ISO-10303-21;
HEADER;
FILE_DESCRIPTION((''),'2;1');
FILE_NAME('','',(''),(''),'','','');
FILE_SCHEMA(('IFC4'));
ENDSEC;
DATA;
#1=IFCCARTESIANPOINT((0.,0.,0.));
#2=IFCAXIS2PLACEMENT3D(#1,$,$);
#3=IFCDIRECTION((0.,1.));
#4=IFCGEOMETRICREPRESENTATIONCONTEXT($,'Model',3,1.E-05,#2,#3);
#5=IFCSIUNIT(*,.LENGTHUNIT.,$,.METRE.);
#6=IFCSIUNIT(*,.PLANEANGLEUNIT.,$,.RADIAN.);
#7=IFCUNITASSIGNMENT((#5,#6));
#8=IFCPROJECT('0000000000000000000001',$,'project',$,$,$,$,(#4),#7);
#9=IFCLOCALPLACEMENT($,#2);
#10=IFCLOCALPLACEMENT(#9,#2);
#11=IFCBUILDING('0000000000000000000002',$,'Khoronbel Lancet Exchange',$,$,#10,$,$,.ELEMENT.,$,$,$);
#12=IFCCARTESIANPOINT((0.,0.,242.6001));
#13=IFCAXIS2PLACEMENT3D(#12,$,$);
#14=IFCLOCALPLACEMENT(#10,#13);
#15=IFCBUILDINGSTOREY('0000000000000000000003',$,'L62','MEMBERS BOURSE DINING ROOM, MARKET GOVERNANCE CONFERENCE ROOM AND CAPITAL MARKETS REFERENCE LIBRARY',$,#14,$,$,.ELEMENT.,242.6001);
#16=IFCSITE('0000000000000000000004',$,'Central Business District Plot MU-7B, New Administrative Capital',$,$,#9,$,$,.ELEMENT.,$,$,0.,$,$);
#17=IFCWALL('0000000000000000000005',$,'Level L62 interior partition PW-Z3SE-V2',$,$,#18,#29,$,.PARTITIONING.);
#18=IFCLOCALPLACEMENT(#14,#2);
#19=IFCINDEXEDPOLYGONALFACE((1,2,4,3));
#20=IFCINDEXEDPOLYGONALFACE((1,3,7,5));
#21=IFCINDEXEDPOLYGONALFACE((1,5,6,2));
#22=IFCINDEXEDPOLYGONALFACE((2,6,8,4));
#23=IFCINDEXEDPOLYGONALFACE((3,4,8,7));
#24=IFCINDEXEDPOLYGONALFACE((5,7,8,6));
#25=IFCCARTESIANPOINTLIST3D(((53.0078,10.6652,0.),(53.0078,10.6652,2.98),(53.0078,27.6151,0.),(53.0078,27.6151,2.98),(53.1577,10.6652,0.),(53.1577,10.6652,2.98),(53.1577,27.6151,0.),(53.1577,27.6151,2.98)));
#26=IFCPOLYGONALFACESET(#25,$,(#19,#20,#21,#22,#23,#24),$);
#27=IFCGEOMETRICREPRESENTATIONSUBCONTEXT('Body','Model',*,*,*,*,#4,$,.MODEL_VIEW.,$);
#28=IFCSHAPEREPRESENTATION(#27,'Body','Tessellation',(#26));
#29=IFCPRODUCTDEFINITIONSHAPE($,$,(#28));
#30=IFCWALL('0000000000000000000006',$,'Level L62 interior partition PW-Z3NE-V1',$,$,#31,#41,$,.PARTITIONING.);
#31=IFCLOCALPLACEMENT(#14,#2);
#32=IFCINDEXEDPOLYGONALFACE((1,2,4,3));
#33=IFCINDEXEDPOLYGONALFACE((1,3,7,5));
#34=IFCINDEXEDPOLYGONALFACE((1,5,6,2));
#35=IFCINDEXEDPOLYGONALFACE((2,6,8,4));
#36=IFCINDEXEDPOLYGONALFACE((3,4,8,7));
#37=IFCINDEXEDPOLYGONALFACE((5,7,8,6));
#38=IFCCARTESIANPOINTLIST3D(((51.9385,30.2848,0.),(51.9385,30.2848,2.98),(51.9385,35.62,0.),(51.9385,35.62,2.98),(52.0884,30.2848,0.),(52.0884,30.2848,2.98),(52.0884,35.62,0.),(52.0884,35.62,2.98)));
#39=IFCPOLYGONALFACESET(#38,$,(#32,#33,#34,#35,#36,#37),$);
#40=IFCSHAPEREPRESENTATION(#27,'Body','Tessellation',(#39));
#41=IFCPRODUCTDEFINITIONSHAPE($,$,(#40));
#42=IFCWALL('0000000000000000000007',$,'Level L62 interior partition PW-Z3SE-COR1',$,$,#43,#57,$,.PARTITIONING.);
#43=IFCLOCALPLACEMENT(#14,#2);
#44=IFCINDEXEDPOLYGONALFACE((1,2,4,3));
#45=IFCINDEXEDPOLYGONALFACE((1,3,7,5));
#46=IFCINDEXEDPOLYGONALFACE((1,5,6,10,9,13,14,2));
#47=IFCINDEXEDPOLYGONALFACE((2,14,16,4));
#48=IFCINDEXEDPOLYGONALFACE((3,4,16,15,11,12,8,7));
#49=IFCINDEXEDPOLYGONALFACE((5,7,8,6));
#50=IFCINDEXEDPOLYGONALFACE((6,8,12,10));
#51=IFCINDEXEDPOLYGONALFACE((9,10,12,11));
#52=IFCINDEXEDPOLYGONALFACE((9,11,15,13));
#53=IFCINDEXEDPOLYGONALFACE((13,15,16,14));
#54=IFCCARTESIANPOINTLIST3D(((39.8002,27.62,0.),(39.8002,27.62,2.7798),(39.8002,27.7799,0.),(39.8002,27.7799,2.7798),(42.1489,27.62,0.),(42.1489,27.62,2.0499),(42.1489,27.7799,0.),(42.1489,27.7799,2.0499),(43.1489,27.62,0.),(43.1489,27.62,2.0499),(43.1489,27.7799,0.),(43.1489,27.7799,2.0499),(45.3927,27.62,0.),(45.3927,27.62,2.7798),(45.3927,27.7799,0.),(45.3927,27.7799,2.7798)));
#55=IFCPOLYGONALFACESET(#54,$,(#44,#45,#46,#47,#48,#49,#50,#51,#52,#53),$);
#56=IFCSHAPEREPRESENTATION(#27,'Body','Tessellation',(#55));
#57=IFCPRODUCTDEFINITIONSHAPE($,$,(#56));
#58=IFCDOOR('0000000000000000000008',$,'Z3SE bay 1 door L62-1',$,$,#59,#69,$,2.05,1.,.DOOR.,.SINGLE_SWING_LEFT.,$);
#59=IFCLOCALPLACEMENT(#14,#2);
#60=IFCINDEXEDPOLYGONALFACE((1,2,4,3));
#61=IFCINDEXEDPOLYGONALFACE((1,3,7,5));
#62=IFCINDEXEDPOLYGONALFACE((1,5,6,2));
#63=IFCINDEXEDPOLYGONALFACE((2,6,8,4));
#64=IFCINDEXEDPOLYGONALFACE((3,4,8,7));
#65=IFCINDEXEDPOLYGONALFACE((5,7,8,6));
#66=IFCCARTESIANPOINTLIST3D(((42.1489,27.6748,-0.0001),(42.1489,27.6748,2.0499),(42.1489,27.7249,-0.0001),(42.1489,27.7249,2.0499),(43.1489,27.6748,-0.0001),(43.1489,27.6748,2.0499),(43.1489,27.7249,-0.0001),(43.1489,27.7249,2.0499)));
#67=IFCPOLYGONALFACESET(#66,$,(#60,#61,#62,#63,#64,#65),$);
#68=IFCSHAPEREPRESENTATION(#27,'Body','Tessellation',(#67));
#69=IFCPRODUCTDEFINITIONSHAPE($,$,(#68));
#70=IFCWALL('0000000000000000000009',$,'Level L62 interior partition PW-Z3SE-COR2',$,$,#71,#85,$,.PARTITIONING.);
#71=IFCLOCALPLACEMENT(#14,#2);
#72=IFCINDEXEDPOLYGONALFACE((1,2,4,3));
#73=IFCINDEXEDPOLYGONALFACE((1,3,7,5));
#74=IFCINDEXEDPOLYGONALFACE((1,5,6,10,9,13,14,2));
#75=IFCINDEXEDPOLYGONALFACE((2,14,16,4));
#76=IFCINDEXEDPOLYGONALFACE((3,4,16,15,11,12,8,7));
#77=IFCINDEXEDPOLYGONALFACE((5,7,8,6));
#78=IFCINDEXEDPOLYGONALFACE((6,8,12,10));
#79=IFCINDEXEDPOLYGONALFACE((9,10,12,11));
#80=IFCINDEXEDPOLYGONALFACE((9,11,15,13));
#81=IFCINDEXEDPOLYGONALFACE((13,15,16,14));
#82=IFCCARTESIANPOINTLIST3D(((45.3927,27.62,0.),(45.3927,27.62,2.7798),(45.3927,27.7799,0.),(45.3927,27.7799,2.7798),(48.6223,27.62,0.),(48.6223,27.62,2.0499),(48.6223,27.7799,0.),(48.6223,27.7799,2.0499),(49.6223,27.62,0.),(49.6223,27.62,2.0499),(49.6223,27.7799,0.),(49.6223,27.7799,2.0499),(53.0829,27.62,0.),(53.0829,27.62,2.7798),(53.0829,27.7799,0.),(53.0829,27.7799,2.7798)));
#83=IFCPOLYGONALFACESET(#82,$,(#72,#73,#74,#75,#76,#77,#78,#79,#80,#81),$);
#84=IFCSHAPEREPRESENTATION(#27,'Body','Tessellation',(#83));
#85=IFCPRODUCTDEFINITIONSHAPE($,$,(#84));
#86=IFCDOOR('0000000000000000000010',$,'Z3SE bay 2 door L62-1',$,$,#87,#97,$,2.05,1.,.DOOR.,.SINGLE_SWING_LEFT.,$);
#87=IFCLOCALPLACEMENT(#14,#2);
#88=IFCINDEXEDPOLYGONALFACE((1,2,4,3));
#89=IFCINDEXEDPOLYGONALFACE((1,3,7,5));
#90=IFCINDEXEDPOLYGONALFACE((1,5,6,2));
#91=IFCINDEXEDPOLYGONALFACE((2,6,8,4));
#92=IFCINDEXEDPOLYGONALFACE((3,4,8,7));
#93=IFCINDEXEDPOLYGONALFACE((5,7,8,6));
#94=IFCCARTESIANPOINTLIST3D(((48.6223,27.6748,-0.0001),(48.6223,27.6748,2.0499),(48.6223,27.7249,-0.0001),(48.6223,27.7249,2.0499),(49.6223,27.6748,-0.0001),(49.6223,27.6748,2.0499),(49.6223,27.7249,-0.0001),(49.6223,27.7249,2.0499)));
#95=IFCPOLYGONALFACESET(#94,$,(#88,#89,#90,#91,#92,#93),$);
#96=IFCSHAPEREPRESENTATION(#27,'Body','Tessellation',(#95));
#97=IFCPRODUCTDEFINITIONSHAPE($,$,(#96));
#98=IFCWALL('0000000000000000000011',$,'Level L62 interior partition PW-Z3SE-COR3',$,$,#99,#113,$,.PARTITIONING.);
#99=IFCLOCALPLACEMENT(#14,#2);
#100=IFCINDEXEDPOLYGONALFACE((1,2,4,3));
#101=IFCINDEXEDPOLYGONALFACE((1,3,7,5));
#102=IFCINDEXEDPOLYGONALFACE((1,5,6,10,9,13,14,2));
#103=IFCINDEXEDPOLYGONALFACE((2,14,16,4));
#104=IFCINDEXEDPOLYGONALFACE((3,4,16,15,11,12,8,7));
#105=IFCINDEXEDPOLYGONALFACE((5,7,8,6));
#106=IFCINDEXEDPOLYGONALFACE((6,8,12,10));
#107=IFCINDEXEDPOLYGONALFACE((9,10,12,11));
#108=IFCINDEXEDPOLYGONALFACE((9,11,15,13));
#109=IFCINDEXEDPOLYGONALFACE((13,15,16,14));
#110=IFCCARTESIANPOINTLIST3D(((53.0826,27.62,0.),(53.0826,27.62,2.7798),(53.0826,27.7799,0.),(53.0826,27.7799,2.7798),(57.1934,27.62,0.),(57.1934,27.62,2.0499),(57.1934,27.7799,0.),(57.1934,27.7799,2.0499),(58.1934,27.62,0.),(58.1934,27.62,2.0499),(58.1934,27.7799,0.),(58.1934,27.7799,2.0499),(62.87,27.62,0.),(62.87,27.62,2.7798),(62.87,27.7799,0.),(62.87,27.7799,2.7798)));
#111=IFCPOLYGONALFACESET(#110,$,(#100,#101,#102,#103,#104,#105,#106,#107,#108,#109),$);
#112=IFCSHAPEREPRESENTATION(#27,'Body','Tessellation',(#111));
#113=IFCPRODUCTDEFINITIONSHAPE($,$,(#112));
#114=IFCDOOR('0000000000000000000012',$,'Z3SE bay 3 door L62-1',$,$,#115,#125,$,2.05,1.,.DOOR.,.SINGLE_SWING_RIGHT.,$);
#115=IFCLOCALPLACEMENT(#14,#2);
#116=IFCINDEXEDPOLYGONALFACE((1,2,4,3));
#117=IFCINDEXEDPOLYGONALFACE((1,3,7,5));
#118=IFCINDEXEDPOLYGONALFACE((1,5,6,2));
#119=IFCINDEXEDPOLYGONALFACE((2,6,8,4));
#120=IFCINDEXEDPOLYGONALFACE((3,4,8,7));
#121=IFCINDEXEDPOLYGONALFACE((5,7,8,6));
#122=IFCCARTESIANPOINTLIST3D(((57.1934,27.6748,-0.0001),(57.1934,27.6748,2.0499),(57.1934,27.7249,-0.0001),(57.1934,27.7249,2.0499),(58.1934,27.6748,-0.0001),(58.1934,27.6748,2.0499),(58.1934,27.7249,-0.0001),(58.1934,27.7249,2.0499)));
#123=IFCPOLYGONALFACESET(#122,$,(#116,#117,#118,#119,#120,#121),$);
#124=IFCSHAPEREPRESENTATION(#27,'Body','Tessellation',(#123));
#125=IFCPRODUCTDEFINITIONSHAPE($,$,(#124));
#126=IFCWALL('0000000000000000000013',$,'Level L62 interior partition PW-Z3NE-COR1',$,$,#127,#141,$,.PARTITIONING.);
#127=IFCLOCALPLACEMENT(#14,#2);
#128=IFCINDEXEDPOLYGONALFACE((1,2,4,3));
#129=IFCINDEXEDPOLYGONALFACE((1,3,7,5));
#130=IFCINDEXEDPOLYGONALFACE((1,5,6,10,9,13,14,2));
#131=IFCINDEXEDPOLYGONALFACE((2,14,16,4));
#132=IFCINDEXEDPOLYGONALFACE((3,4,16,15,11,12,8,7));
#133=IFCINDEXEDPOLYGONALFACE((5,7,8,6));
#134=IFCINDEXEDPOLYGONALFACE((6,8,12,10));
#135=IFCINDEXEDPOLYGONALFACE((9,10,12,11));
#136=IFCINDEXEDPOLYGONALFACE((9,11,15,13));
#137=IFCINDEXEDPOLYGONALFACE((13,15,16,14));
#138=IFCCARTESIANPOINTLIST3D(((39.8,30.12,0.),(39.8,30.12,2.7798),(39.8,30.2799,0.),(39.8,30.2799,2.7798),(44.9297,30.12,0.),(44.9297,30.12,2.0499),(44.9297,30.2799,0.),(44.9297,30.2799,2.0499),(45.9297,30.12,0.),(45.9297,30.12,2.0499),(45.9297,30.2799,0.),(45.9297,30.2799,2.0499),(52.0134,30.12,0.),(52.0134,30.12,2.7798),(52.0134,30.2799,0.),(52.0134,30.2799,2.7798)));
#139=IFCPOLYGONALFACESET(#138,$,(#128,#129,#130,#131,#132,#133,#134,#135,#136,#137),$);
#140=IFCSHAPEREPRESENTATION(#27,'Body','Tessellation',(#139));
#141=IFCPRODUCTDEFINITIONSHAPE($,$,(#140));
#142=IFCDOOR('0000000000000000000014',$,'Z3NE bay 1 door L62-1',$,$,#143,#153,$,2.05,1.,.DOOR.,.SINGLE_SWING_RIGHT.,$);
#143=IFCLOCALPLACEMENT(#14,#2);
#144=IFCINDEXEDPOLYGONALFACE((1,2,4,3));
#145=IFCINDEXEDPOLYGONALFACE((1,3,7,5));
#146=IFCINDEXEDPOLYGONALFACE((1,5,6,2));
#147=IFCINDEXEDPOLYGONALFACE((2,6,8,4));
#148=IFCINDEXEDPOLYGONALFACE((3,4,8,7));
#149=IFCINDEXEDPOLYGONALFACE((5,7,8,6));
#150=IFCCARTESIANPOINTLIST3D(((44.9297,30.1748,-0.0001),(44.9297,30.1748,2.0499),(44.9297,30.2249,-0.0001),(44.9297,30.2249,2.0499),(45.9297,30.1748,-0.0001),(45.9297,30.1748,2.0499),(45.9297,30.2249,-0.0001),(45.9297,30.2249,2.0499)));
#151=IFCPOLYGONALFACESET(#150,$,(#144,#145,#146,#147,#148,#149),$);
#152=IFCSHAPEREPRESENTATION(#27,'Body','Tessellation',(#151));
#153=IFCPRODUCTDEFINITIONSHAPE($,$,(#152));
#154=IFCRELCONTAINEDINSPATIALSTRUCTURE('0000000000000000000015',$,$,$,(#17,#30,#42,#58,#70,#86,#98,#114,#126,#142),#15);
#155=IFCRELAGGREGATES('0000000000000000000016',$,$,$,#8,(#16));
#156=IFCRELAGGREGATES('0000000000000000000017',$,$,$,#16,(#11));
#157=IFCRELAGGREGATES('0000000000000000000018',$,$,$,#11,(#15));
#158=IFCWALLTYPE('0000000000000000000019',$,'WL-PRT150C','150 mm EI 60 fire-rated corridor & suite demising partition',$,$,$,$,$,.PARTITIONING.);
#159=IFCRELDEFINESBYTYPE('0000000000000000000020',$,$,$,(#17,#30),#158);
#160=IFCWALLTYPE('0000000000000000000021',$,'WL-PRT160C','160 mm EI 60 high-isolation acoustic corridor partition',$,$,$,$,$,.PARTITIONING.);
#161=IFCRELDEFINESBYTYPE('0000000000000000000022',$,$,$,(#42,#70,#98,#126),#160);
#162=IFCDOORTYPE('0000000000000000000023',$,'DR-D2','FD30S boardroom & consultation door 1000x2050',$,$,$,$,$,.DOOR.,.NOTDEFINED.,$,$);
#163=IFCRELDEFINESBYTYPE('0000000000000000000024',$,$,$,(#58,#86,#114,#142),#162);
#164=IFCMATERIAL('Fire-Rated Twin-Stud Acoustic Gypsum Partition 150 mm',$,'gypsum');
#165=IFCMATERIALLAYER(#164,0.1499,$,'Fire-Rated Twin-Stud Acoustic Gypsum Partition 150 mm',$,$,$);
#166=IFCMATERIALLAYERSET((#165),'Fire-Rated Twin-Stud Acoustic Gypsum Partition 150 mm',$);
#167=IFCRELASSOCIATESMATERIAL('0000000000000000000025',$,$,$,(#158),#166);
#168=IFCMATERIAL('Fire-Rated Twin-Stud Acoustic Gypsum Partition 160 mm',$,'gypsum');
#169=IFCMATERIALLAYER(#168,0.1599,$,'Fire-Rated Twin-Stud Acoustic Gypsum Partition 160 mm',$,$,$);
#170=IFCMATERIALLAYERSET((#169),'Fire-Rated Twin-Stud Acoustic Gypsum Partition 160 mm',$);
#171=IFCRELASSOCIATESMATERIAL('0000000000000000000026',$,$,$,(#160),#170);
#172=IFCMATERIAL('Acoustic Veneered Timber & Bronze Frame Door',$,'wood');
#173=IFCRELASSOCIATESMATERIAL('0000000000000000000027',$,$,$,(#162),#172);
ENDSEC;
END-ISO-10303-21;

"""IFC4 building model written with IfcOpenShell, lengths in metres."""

from ifc_helpers import new_model, si_unit, direction, frame, frame_2d, origin, place, context, subcontext, project, spatial, rectangle, extrude, material, layer, layer_set, type_object, element, fill, save


model = new_model("IFC4")

# Units and contexts
model_context = context("Model", 3, precision=1e-05, world=origin(), true_north=direction((0.0, 1.0)))
body_context = subcontext(model_context, "Body", "Model", "MODEL_VIEW")
ifc_project = project(units=[si_unit("LENGTHUNIT", "METRE"), si_unit("PLANEANGLEUNIT", "RADIAN")], contexts=[model_context])

# Site, building, storey
site_placement = place(None, origin())
site = spatial("IfcSite", under=ifc_project, at=site_placement, Name="Central Business District Plot MU-7B, New Administrative Capital", CompositionType="ELEMENT", RefElevation=0.0)
building_placement = place(site_placement, origin())
building = spatial("IfcBuilding", under=site, at=building_placement, Name="Khoronbel Lancet Exchange", CompositionType="ELEMENT")
storey_placement = place(building_placement, frame((0.0, 0.0, 242.6001)))
storey = spatial("IfcBuildingStorey", under=building, at=storey_placement, Name="L62", Description="MEMBERS BOURSE DINING ROOM, MARKET GOVERNANCE CONFERENCE ROOM AND CAPITAL MARKETS REFERENCE LIBRARY", CompositionType="ELEMENT", Elevation=242.6001)

# Walls
ifc_material_1 = material(Name="Fire-Rated Twin-Stud Acoustic Gypsum Partition 150 mm", Category="gypsum")
ifc_layer_1 = layer(ifc_material_1, 0.1499, Name="Fire-Rated Twin-Stud Acoustic Gypsum Partition 150 mm")
ifc_layer_set_1 = layer_set([ifc_layer_1], Name="Fire-Rated Twin-Stud Acoustic Gypsum Partition 150 mm")
wall_type_1 = type_object("IfcWallType", Name="WL-PRT150C", Description="150 mm EI 60 fire-rated corridor & suite demising partition", PredefinedType="PARTITIONING", material=ifc_layer_set_1)
for number, where, z_axis, x_axis, name in (
    (1, (53.0828, 10.665, 0.0), (0.0, 0.0, 1.0), (0.0, 1.0, 0.0), "Level L62 interior partition PW-Z3SE-V2"),
):
    element("IfcWall", number, at=place(storey_placement, frame(where, z_axis=z_axis, x_axis=x_axis)), inside=storey, type_object=wall_type_1, Name=name, PredefinedType="PARTITIONING", context=body_context, shape_type="SweptSolid", body=[
        extrude(rectangle(XDim=16.95, YDim=0.1499, at=frame_2d((8.4751, 0.0))), origin(), (0.0, 0.0, 1.0), 2.98),
    ])
wall_1_placement = place(storey_placement, frame((52.0134, 30.2849, 0.0), z_axis=(0.0, 0.0, 1.0), x_axis=(0.0, 1.0, 0.0)))
element("IfcWall", 2, at=wall_1_placement, inside=storey, type_object=wall_type_1, Name="Level L62 interior partition PW-Z3NE-V1", PredefinedType="PARTITIONING", context=body_context, shape_type="SweptSolid", body=[
    extrude(rectangle(XDim=5.3352, YDim=0.1499, at=frame_2d((2.6675, 0.0))), origin(), (0.0, 0.0, 1.0), 2.98),
])

# Walls, openings, doors
ifc_material_2 = material(Name="Fire-Rated Twin-Stud Acoustic Gypsum Partition 160 mm", Category="gypsum")
ifc_layer_2 = layer(ifc_material_2, 0.1599, Name="Fire-Rated Twin-Stud Acoustic Gypsum Partition 160 mm")
ifc_layer_set_2 = layer_set([ifc_layer_2], Name="Fire-Rated Twin-Stud Acoustic Gypsum Partition 160 mm")
wall_type_2 = type_object("IfcWallType", Name="WL-PRT160C", Description="160 mm EI 60 high-isolation acoustic corridor partition", PredefinedType="PARTITIONING", material=ifc_layer_set_2)
wall_2_placement = place(storey_placement, frame((39.8, 27.7, 0.0), z_axis=(0.0, 0.0, 1.0), x_axis=(1.0, 0.0, 0.0)))
wall_2 = element("IfcWall", 3, at=wall_2_placement, inside=storey, type_object=wall_type_2, Name="Level L62 interior partition PW-Z3SE-COR1", PredefinedType="PARTITIONING", context=body_context, shape_type="SweptSolid", body=[
    extrude(rectangle(XDim=5.5925, YDim=0.1599, at=frame_2d((2.7964, 0.0))), origin(), (0.0, 0.0, 1.0), 2.7798),
])
opening_1_placement = place(wall_2_placement, frame((2.3489, 0.0, 0.0)))
opening_1 = element("IfcOpeningElement", 4, at=opening_1_placement, cuts=wall_2, PredefinedType="OPENING", context=body_context, shape_type="SweptSolid", body=[
    extrude(rectangle(XDim=1.0, YDim=2.05, at=frame_2d((0.5, 1.0249))), frame((0.0, 0.0898, 0.0), z_axis=(0.0, -1.0, 0.0), x_axis=(1.0, 0.0, 0.0)), (0.0, 0.0, 1.0), 0.1799),
])
ifc_material_3 = material(Name="Acoustic Veneered Timber & Bronze Frame Door", Category="wood")
door_type_1 = type_object("IfcDoorType", Name="DR-D2", Description="FD30S boardroom & consultation door 1000x2050", OperationType="NOTDEFINED", PredefinedType="DOOR", material=ifc_material_3)
door_1_placement = place(opening_1_placement, origin())
door_1 = element("IfcDoor", 5, at=door_1_placement, inside=storey, type_object=door_type_1, Name="Z3SE bay 1 door L62-1", OperationType="SINGLE_SWING_LEFT", OverallHeight=2.05, OverallWidth=1.0, PredefinedType="DOOR", context=body_context, shape_type="SweptSolid", body=[
    extrude(rectangle(XDim=1.0, YDim=2.05, at=frame_2d((0.5, 1.0249))), frame((0.0, 0.0249, 0.0), z_axis=(0.0, -1.0, 0.0), x_axis=(1.0, 0.0, 0.0)), (0.0, 0.0, 1.0), 0.05),
])
fill(opening_1, door_1)
wall_3_placement = place(storey_placement, frame((45.3926, 27.7, 0.0), z_axis=(0.0, 0.0, 1.0), x_axis=(1.0, 0.0, 0.0)))
wall_3 = element("IfcWall", 6, at=wall_3_placement, inside=storey, type_object=wall_type_2, Name="Level L62 interior partition PW-Z3SE-COR2", PredefinedType="PARTITIONING", context=body_context, shape_type="SweptSolid", body=[
    extrude(rectangle(XDim=7.6902, YDim=0.1599, at=frame_2d((3.8452, 0.0))), origin(), (0.0, 0.0, 1.0), 2.7798),
])
opening_2_placement = place(wall_3_placement, frame((3.2297, 0.0, 0.0)))
opening_2 = element("IfcOpeningElement", 7, at=opening_2_placement, cuts=wall_3, PredefinedType="OPENING", context=body_context, shape_type="SweptSolid", body=[
    extrude(rectangle(XDim=1.0, YDim=2.05, at=frame_2d((0.5, 1.0249))), frame((0.0, 0.0898, 0.0), z_axis=(0.0, -1.0, 0.0), x_axis=(1.0, 0.0, 0.0)), (0.0, 0.0, 1.0), 0.1799),
])
door_2_placement = place(opening_2_placement, origin())
door_2 = element("IfcDoor", 8, at=door_2_placement, inside=storey, type_object=door_type_1, Name="Z3SE bay 2 door L62-1", OperationType="SINGLE_SWING_LEFT", OverallHeight=2.05, OverallWidth=1.0, PredefinedType="DOOR", context=body_context, shape_type="SweptSolid", body=[
    extrude(rectangle(XDim=1.0, YDim=2.05, at=frame_2d((0.5, 1.0249))), frame((0.0, 0.0249, 0.0), z_axis=(0.0, -1.0, 0.0), x_axis=(1.0, 0.0, 0.0)), (0.0, 0.0, 1.0), 0.05),
])
fill(opening_2, door_2)
wall_4_placement = place(storey_placement, frame((53.0828, 27.7, 0.0), z_axis=(0.0, 0.0, 1.0), x_axis=(1.0, 0.0, 0.0)))
wall_4 = element("IfcWall", 9, at=wall_4_placement, inside=storey, type_object=wall_type_2, Name="Level L62 interior partition PW-Z3SE-COR3", PredefinedType="PARTITIONING", context=body_context, shape_type="SweptSolid", body=[
    extrude(rectangle(XDim=9.7874, YDim=0.1599, at=frame_2d((4.8936, 0.0))), origin(), (0.0, 0.0, 1.0), 2.7798),
])
opening_3_placement = place(wall_4_placement, frame((4.1106, 0.0, 0.0)))
opening_3 = element("IfcOpeningElement", 10, at=opening_3_placement, cuts=wall_4, PredefinedType="OPENING", context=body_context, shape_type="SweptSolid", body=[
    extrude(rectangle(XDim=1.0, YDim=2.05, at=frame_2d((0.5, 1.0249))), frame((0.0, 0.0898, 0.0), z_axis=(0.0, -1.0, 0.0), x_axis=(1.0, 0.0, 0.0)), (0.0, 0.0, 1.0), 0.1799),
])
door_3_placement = place(opening_3_placement, origin())
door_3 = element("IfcDoor", 11, at=door_3_placement, inside=storey, type_object=door_type_1, Name="Z3SE bay 3 door L62-1", OperationType="SINGLE_SWING_RIGHT", OverallHeight=2.05, OverallWidth=1.0, PredefinedType="DOOR", context=body_context, shape_type="SweptSolid", body=[
    extrude(rectangle(XDim=1.0, YDim=2.05, at=frame_2d((0.5, 1.0249))), frame((0.0, 0.0249, 0.0), z_axis=(0.0, -1.0, 0.0), x_axis=(1.0, 0.0, 0.0)), (0.0, 0.0, 1.0), 0.05),
])
fill(opening_3, door_3)
wall_5_placement = place(storey_placement, frame((39.8, 30.2, 0.0), z_axis=(0.0, 0.0, 1.0), x_axis=(1.0, 0.0, 0.0)))
wall_5 = element("IfcWall", 12, at=wall_5_placement, inside=storey, type_object=wall_type_2, Name="Level L62 interior partition PW-Z3NE-COR1", PredefinedType="PARTITIONING", context=body_context, shape_type="SweptSolid", body=[
    extrude(rectangle(XDim=12.2134, YDim=0.1599, at=frame_2d((6.1067, 0.0))), origin(), (0.0, 0.0, 1.0), 2.7798),
])
opening_4_placement = place(wall_5_placement, frame((5.1296, 0.0, 0.0)))
opening_4 = element("IfcOpeningElement", 13, at=opening_4_placement, cuts=wall_5, PredefinedType="OPENING", context=body_context, shape_type="SweptSolid", body=[
    extrude(rectangle(XDim=1.0, YDim=2.05, at=frame_2d((0.5, 1.0249))), frame((0.0, 0.0898, 0.0), z_axis=(0.0, -1.0, 0.0), x_axis=(1.0, 0.0, 0.0)), (0.0, 0.0, 1.0), 0.1799),
])
door_4_placement = place(opening_4_placement, origin())
door_4 = element("IfcDoor", 14, at=door_4_placement, inside=storey, type_object=door_type_1, Name="Z3NE bay 1 door L62-1", OperationType="SINGLE_SWING_RIGHT", OverallHeight=2.05, OverallWidth=1.0, PredefinedType="DOOR", context=body_context, shape_type="SweptSolid", body=[
    extrude(rectangle(XDim=1.0, YDim=2.05, at=frame_2d((0.5, 1.0249))), frame((0.0, 0.0249, 0.0), z_axis=(0.0, -1.0, 0.0), x_axis=(1.0, 0.0, 0.0)), (0.0, 0.0, 1.0), 0.05),
])
fill(opening_4, door_4)

save(model, "model.ifc")
